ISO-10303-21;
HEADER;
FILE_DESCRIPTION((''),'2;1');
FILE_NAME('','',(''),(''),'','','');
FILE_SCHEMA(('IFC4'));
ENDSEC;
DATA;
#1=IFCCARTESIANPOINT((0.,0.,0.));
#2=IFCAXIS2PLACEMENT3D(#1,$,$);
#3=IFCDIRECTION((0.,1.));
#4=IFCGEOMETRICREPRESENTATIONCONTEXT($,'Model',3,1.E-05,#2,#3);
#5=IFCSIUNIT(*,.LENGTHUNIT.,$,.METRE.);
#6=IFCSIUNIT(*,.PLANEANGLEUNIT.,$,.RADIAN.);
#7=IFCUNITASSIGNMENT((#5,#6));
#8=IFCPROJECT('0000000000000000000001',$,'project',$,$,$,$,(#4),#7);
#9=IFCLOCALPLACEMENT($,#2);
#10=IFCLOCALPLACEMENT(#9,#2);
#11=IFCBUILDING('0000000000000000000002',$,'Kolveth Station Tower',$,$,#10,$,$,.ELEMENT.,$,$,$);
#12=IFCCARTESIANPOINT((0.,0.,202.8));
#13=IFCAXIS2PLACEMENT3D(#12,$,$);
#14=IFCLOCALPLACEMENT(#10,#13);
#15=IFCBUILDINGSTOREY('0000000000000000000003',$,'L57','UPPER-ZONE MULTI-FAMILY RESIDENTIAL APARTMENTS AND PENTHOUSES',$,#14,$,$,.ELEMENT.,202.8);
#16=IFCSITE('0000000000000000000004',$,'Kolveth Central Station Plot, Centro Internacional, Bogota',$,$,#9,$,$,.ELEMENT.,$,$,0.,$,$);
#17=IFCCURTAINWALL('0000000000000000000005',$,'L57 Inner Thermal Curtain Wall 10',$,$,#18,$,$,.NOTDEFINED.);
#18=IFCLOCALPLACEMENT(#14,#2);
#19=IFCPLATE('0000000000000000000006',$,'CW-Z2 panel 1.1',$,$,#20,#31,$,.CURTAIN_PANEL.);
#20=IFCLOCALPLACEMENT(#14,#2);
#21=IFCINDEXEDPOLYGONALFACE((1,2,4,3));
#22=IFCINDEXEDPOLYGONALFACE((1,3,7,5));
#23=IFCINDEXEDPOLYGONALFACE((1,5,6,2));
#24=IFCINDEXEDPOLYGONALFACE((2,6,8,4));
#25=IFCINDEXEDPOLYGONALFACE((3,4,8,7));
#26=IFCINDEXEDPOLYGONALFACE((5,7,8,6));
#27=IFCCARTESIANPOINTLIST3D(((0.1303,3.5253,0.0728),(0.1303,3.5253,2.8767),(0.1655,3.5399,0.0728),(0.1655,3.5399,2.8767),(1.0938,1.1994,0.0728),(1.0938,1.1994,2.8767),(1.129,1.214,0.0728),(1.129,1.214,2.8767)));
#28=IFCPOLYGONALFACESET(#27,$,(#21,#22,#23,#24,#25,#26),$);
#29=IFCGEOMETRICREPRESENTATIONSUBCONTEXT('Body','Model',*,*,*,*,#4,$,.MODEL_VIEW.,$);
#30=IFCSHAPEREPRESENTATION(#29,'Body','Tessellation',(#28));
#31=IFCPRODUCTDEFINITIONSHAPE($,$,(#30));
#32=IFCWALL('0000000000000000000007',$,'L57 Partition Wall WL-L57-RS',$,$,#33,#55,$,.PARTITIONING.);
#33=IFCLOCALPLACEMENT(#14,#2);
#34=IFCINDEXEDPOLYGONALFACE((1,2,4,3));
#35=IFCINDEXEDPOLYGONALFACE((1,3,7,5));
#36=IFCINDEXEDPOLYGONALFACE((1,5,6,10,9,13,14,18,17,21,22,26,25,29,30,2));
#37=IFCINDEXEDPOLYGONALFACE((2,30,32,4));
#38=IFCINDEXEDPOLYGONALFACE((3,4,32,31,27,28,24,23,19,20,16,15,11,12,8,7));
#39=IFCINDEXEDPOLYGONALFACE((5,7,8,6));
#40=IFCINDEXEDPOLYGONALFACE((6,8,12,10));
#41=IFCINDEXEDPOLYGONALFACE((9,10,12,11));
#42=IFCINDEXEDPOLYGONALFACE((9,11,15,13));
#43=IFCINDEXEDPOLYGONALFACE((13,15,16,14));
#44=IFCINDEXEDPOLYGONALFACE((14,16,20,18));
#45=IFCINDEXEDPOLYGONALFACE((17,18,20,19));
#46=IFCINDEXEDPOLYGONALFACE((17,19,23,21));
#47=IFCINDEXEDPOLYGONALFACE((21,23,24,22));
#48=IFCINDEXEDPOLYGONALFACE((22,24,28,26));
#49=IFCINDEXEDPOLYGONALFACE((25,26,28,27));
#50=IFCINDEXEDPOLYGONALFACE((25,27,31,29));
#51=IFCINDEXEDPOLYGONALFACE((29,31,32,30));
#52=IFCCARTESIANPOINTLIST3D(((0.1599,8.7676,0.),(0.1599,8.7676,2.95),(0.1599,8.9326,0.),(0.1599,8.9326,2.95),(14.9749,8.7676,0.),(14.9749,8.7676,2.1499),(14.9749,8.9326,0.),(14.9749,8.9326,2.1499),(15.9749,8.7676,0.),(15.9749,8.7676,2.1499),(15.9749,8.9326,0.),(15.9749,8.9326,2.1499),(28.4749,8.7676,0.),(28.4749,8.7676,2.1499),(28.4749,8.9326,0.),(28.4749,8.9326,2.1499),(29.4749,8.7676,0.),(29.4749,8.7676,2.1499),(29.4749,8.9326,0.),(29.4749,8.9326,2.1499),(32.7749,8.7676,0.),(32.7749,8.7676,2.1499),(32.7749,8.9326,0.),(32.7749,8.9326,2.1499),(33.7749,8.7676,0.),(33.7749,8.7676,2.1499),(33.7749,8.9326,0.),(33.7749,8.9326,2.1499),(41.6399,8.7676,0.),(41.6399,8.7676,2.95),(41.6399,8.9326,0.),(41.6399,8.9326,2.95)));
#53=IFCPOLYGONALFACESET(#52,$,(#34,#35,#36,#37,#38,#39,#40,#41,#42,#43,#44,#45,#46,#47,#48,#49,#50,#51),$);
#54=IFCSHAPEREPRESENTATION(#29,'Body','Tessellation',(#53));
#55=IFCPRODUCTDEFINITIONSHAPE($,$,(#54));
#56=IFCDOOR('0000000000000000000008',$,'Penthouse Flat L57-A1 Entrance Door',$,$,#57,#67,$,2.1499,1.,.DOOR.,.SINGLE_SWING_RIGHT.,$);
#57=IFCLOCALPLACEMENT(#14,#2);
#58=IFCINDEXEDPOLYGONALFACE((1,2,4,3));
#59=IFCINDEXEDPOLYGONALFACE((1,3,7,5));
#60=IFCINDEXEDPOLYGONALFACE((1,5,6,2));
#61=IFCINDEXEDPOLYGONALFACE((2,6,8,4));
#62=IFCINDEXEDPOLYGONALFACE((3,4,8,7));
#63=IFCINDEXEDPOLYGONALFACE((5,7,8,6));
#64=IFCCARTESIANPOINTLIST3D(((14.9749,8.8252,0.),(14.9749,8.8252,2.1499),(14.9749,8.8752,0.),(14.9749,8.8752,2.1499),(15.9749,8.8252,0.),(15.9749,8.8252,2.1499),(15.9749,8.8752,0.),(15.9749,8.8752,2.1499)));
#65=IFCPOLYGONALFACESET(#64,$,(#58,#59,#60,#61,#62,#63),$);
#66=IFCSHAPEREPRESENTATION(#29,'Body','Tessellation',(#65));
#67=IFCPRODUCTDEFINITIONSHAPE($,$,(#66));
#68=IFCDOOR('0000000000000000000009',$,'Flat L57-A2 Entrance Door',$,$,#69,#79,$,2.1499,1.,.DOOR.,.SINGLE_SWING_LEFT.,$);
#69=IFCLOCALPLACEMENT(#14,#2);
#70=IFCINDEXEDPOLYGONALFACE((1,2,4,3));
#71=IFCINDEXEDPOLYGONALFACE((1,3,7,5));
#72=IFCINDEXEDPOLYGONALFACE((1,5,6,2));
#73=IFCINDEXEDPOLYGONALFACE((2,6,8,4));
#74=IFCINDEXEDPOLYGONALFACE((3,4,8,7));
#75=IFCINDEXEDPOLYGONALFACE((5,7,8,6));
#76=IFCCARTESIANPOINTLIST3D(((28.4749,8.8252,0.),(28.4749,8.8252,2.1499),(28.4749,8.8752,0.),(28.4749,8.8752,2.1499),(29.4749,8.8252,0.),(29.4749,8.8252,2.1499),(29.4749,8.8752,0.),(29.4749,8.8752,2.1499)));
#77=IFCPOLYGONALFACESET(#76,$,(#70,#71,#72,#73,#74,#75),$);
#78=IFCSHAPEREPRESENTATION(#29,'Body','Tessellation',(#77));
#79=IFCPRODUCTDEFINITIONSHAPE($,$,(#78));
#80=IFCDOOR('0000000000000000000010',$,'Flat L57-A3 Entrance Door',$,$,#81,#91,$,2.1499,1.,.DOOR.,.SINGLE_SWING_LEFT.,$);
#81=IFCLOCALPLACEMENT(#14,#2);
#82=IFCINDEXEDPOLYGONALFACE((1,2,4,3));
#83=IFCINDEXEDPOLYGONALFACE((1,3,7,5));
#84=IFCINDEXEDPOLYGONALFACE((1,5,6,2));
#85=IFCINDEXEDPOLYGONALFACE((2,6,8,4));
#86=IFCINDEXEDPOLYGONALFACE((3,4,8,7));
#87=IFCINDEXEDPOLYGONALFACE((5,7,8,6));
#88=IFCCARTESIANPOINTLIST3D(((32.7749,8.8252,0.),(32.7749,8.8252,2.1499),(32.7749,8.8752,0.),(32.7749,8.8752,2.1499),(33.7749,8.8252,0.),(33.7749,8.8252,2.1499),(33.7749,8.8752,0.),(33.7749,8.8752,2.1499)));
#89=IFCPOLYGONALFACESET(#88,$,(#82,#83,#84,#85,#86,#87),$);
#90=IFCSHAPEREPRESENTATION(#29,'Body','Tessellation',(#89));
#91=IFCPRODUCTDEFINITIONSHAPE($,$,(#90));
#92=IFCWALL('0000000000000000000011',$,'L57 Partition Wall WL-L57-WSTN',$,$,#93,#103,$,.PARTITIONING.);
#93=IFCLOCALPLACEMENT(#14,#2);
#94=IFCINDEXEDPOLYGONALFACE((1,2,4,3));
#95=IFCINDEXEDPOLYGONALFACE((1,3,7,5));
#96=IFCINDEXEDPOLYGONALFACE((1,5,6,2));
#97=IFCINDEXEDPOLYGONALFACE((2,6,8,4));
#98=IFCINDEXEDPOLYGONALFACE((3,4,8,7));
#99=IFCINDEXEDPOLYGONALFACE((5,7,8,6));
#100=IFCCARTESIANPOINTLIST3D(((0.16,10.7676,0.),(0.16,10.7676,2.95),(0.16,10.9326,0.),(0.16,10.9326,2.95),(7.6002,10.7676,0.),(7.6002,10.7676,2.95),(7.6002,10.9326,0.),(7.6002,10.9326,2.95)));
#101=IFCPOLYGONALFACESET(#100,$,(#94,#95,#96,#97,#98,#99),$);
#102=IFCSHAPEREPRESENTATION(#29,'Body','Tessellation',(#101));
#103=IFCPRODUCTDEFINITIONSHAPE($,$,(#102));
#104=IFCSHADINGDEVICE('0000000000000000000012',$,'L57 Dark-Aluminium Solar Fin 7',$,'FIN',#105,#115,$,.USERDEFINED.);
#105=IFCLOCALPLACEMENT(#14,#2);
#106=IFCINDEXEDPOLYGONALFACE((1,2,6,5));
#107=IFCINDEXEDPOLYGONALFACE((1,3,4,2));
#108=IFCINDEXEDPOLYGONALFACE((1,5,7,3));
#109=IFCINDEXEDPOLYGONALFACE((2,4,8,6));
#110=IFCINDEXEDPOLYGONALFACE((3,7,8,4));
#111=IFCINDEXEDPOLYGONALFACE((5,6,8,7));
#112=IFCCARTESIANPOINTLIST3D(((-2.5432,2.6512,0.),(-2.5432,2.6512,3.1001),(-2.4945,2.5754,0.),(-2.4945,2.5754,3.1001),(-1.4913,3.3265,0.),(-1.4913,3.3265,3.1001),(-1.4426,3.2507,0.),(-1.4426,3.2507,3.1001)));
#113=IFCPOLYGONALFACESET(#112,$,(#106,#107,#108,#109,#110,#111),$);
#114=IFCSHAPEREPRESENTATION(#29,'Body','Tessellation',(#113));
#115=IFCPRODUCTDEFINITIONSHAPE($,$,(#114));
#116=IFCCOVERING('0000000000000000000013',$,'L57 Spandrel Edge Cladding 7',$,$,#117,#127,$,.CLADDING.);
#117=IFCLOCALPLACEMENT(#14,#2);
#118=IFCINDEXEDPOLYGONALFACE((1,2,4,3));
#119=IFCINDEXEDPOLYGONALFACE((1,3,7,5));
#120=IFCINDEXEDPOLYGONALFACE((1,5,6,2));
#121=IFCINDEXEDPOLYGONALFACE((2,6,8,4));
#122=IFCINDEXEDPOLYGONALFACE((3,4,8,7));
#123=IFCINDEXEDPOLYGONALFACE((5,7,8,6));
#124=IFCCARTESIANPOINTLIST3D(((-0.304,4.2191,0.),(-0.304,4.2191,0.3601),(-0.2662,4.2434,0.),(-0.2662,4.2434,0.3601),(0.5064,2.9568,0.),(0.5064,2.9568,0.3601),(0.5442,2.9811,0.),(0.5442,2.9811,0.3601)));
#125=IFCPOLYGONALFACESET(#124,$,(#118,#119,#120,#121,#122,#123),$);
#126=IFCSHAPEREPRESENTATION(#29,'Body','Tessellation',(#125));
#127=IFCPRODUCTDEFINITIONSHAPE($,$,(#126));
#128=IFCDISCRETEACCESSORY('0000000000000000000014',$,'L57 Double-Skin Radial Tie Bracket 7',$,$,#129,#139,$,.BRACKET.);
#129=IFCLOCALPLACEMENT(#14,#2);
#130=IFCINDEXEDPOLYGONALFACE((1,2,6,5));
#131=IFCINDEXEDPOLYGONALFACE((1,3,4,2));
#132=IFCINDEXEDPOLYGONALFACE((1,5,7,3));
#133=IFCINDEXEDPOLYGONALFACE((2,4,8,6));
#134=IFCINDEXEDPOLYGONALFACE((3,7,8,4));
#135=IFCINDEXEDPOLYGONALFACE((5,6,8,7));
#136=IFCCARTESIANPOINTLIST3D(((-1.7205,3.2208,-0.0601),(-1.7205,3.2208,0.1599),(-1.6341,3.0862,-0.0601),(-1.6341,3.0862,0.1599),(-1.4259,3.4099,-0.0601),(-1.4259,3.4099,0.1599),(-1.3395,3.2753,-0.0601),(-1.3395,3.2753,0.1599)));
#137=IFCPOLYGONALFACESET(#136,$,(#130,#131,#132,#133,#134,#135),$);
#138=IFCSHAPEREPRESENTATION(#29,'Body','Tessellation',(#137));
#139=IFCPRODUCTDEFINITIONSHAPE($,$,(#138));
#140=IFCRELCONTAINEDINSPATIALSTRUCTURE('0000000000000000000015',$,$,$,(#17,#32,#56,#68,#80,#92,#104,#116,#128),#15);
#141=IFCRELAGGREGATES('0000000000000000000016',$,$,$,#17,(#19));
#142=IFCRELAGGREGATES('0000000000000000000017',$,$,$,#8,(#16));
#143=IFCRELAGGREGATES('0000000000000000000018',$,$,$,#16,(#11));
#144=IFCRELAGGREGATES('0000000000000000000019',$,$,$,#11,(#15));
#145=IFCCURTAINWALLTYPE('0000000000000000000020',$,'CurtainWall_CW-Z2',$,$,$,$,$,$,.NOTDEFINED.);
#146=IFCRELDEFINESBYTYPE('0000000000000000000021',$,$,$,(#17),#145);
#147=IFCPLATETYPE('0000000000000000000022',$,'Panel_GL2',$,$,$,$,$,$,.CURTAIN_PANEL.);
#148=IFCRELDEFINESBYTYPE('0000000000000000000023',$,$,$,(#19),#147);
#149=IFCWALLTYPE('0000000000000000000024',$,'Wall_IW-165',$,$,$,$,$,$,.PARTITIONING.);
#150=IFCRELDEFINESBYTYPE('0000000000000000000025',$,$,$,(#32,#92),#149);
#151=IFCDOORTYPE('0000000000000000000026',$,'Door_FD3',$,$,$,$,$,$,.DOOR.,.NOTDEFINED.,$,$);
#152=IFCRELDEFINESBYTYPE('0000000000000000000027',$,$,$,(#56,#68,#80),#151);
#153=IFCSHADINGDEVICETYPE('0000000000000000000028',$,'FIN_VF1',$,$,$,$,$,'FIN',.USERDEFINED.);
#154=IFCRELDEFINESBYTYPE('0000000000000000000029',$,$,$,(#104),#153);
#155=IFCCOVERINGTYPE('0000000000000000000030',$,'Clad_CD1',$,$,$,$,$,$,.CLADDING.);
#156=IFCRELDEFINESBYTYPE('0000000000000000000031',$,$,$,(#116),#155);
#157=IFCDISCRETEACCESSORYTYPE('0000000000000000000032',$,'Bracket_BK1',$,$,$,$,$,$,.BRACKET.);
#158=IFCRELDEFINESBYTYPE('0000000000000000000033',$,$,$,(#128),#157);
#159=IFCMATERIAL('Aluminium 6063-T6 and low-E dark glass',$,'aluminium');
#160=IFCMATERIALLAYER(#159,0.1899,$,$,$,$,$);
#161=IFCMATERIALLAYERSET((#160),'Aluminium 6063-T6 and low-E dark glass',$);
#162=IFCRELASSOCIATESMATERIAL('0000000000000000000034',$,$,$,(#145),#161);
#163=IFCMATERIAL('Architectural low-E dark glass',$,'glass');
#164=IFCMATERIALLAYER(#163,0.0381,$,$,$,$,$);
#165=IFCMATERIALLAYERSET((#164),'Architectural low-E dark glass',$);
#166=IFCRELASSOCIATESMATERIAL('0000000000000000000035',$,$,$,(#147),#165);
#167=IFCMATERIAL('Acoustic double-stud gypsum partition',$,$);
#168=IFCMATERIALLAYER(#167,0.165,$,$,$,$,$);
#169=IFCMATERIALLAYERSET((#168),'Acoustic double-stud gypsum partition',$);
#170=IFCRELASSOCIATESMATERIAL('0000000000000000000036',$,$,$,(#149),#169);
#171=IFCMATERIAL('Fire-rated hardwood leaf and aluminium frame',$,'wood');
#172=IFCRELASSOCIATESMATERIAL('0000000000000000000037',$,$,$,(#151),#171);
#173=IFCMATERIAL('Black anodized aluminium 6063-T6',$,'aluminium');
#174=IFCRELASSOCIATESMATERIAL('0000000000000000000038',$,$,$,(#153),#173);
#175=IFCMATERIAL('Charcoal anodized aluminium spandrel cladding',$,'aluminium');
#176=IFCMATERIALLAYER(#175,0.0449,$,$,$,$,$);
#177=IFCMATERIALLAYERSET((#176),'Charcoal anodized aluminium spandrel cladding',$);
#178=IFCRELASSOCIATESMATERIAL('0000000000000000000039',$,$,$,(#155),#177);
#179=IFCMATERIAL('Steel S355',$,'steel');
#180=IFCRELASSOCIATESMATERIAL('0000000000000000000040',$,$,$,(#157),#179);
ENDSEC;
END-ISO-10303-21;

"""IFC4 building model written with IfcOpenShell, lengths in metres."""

from ifc_helpers import new_model, si_unit, direction, frame, frame_2d, origin, origin_2d, place, context, subcontext, project, spatial, rectangle, extrude, source, transform, mapped, material, layer, layer_set, type_object, element, fill, aggregate, save


model = new_model("IFC4")

# Units and contexts
model_context = context("Model", 3, precision=1e-05, world=origin(), true_north=direction((0.0, 1.0)))
body_context = subcontext(model_context, "Body", "Model", "MODEL_VIEW")
ifc_project = project(units=[si_unit("LENGTHUNIT", "METRE"), si_unit("PLANEANGLEUNIT", "RADIAN")], contexts=[model_context])

# Site, building, storey
site_placement = place(None, origin())
site = spatial("IfcSite", under=ifc_project, at=site_placement, Name="Kolveth Central Station Plot, Centro Internacional, Bogota", CompositionType="ELEMENT", RefElevation=0.0)
building_placement = place(site_placement, origin())
building = spatial("IfcBuilding", under=site, at=building_placement, Name="Kolveth Station Tower", CompositionType="ELEMENT")
storey_placement = place(building_placement, frame((0.0, 0.0, 202.8)))
storey = spatial("IfcBuildingStorey", under=building, at=storey_placement, Name="L57", Description="UPPER-ZONE MULTI-FAMILY RESIDENTIAL APARTMENTS AND PENTHOUSES", CompositionType="ELEMENT", Elevation=202.8)

# Shared definitions
ifc_material_1 = material(Name="Steel S355", Category="steel")

# Curtain wall
ifc_material_2 = material(Name="Aluminium 6063-T6 and low-E dark glass", Category="aluminium")
ifc_layer_1 = layer(ifc_material_2, 0.1899)
ifc_layer_set_1 = layer_set([ifc_layer_1], Name="Aluminium 6063-T6 and low-E dark glass")
curtain_wall_type_1 = type_object("IfcCurtainWallType", Name="CurtainWall_CW-Z2", PredefinedType="NOTDEFINED", material=ifc_layer_set_1)
ifc_material_3 = material(Name="Black anodized aluminium 6063-T6", Category="aluminium")
curtain_wall_1_placement = place(storey_placement, origin())
curtain_wall_1 = element("IfcCurtainWall", 1, at=curtain_wall_1_placement, inside=storey, type_object=curtain_wall_type_1, Name="L57 Inner Thermal Curtain Wall 10", PredefinedType="NOTDEFINED")

# Plate
ifc_material_4 = material(Name="Architectural low-E dark glass", Category="glass")
ifc_layer_2 = layer(ifc_material_4, 0.0381)
ifc_layer_set_2 = layer_set([ifc_layer_2], Name="Architectural low-E dark glass")
plate_type = type_object("IfcPlateType", Name="Panel_GL2", PredefinedType="CURTAIN_PANEL", material=ifc_layer_set_2)
shared_shape_1 = source(origin(), body_context, "Body", "SweptSolid", [
    extrude(rectangle(XDim=2.5176, YDim=0.0381, at=origin_2d()), origin(), (0.0, 0.0, 1.0), 2.804),
])
plate_placement = place(storey_placement, frame((0.6296, 2.3696, 0.0728), z_axis=(0.0, 0.0, 1.0), x_axis=(0.382698, -0.923874, 0.0)))
plate = element("IfcPlate", 2, at=plate_placement, type_object=plate_type, Name="CW-Z2 panel 1.1", PredefinedType="CURTAIN_PANEL", context=body_context, shape_type="MappedRepresentation", body=[
    mapped(shared_shape_1, transform((0.0, 0.0, 0.0), x_axis=(1.0, 0.0, 0.0), y_axis=(0.0, 1.0, 0.0), z_axis=(0.0, 0.0, 1.0), scale=1.0)),
])
aggregate(curtain_wall_1, [plate])

# Wall, openings, doors
ifc_material_5 = material(Name="Acoustic double-stud gypsum partition")
ifc_layer_3 = layer(ifc_material_5, 0.165)
ifc_layer_set_3 = layer_set([ifc_layer_3], Name="Acoustic double-stud gypsum partition")
wall_type = type_object("IfcWallType", Name="Wall_IW-165", PredefinedType="PARTITIONING", material=ifc_layer_set_3)
wall_1_placement = place(storey_placement, frame((0.1599, 8.8501, 0.0), z_axis=(0.0, 0.0, 1.0), x_axis=(1.0, 0.0, 0.0)))
wall_1 = element("IfcWall", 3, at=wall_1_placement, inside=storey, type_object=wall_type, Name="L57 Partition Wall WL-L57-RS", PredefinedType="PARTITIONING", context=body_context, shape_type="SweptSolid", body=[
    extrude(rectangle(XDim=41.48, YDim=0.165, at=frame_2d((20.74, 0.0))), origin(), (0.0, 0.0, 1.0), 2.95),
])
opening_1_placement = place(wall_1_placement, frame((14.8149, 0.0, 0.0)))
opening_1 = element("IfcOpeningElement", 4, at=opening_1_placement, cuts=wall_1, PredefinedType="OPENING", context=body_context, shape_type="SweptSolid", body=[
    extrude(rectangle(XDim=1.0, YDim=2.1499, at=frame_2d((0.5, 1.075))), frame((0.0, 0.0925, 0.0), z_axis=(0.0, -1.0, 0.0), x_axis=(1.0, 0.0, 0.0)), (0.0, 0.0, 1.0), 0.1851),
])
opening_2_placement = place(wall_1_placement, frame((28.3149, 0.0, 0.0)))
opening_2 = element("IfcOpeningElement", 5, at=opening_2_placement, cuts=wall_1, PredefinedType="OPENING", context=body_context, shape_type="SweptSolid", body=[
    extrude(rectangle(XDim=1.0, YDim=2.1499, at=frame_2d((0.5, 1.075))), frame((0.0, 0.0925, 0.0), z_axis=(0.0, -1.0, 0.0), x_axis=(1.0, 0.0, 0.0)), (0.0, 0.0, 1.0), 0.1851),
])
opening_3_placement = place(wall_1_placement, frame((32.615, 0.0, 0.0)))
opening_3 = element("IfcOpeningElement", 6, at=opening_3_placement, cuts=wall_1, PredefinedType="OPENING", context=body_context, shape_type="SweptSolid", body=[
    extrude(rectangle(XDim=1.0, YDim=2.1499, at=frame_2d((0.5, 1.075))), frame((0.0, 0.0925, 0.0), z_axis=(0.0, -1.0, 0.0), x_axis=(1.0, 0.0, 0.0)), (0.0, 0.0, 1.0), 0.1851),
])
ifc_material_6 = material(Name="Fire-rated hardwood leaf and aluminium frame", Category="wood")
door_type = type_object("IfcDoorType", Name="Door_FD3", OperationType="NOTDEFINED", PredefinedType="DOOR", material=ifc_material_6)
door_1_placement = place(opening_1_placement, frame((1.0, 0.0, 0.0), z_axis=(0.0, 0.0, 1.0), x_axis=(-1.0, 0.0, 0.0)))
door_1 = element("IfcDoor", 7, at=door_1_placement, inside=storey, type_object=door_type, Name="Penthouse Flat L57-A1 Entrance Door", OperationType="SINGLE_SWING_RIGHT", OverallHeight=2.1499, OverallWidth=1.0, PredefinedType="DOOR", context=body_context, shape_type="SweptSolid", body=[
    extrude(rectangle(XDim=1.0, YDim=2.1499, at=frame_2d((0.5, 1.075))), frame((0.0, 0.0249, 0.0), z_axis=(0.0, -1.0, 0.0), x_axis=(1.0, 0.0, 0.0)), (0.0, 0.0, 1.0), 0.05),
])
fill(opening_1, door_1)
door_2_placement = place(opening_2_placement, frame((1.0, 0.0, 0.0), z_axis=(0.0, 0.0, 1.0), x_axis=(-1.0, 0.0, 0.0)))
door_2 = element("IfcDoor", 8, at=door_2_placement, inside=storey, type_object=door_type, Name="Flat L57-A2 Entrance Door", OperationType="SINGLE_SWING_LEFT", OverallHeight=2.1499, OverallWidth=1.0, PredefinedType="DOOR", context=body_context, shape_type="SweptSolid", body=[
    extrude(rectangle(XDim=1.0, YDim=2.1499, at=frame_2d((0.5, 1.075))), frame((0.0, 0.0249, 0.0), z_axis=(0.0, -1.0, 0.0), x_axis=(1.0, 0.0, 0.0)), (0.0, 0.0, 1.0), 0.05),
])
fill(opening_2, door_2)
door_3_placement = place(opening_3_placement, frame((1.0, 0.0, 0.0), z_axis=(0.0, 0.0, 1.0), x_axis=(-1.0, 0.0, 0.0)))
door_3 = element("IfcDoor", 9, at=door_3_placement, inside=storey, type_object=door_type, Name="Flat L57-A3 Entrance Door", OperationType="SINGLE_SWING_LEFT", OverallHeight=2.1499, OverallWidth=1.0, PredefinedType="DOOR", context=body_context, shape_type="SweptSolid", body=[
    extrude(rectangle(XDim=1.0, YDim=2.1499, at=frame_2d((0.5, 1.075))), frame((0.0, 0.0249, 0.0), z_axis=(0.0, -1.0, 0.0), x_axis=(1.0, 0.0, 0.0)), (0.0, 0.0, 1.0), 0.05),
])
fill(opening_3, door_3)

# Wall
wall_2_placement = place(storey_placement, frame((0.1599, 10.8501, 0.0), z_axis=(0.0, 0.0, 1.0), x_axis=(1.0, 0.0, 0.0)))
element("IfcWall", 10, at=wall_2_placement, inside=storey, type_object=wall_type, Name="L57 Partition Wall WL-L57-WSTN", PredefinedType="PARTITIONING", context=body_context, shape_type="SweptSolid", body=[
    extrude(rectangle(XDim=7.4402, YDim=0.165, at=frame_2d((3.7202, 0.0))), origin(), (0.0, 0.0, 1.0), 2.95),
])

# Shading device
shading_device_type = type_object("IfcShadingDeviceType", Name="FIN_VF1", ElementType="FIN", PredefinedType="USERDEFINED", material=ifc_material_3)
shared_shape_2 = source(origin(), body_context, "Body", "SweptSolid", [
    extrude(rectangle(XDim=1.25, YDim=0.0901, at=origin_2d()), origin(), (0.0, 0.0, 1.0), 3.1001),
])
shading_device_placement = place(storey_placement, frame((-1.9929, 2.9509, 0.0), z_axis=(0.0, 0.0, 1.0), x_axis=(-0.841511, -0.54024, 0.0)))
element("IfcShadingDevice", 11, at=shading_device_placement, inside=storey, type_object=shading_device_type, Name="L57 Dark-Aluminium Solar Fin 7", ObjectType="FIN", PredefinedType="USERDEFINED", context=body_context, shape_type="MappedRepresentation", body=[
    mapped(shared_shape_2, transform((0.0, 0.0, 0.0), x_axis=(1.0, 0.0, 0.0), y_axis=(0.0, 1.0, 0.0), z_axis=(0.0, 0.0, 1.0), scale=1.0)),
])

# Covering
ifc_material_7 = material(Name="Charcoal anodized aluminium spandrel cladding", Category="aluminium")
ifc_layer_4 = layer(ifc_material_7, 0.0449)
ifc_layer_set_4 = layer_set([ifc_layer_4], Name="Charcoal anodized aluminium spandrel cladding")
covering_type = type_object("IfcCoveringType", Name="Clad_CD1", PredefinedType="CLADDING", material=ifc_layer_set_4)
shared_shape_3 = source(origin(), body_context, "Body", "SweptSolid", [
    extrude(rectangle(XDim=1.5, YDim=0.0449, at=origin_2d()), origin(), (0.0, 0.0, 1.0), 0.3601),
])
covering_placement = place(storey_placement, frame((0.1201, 3.6001, 0.0), z_axis=(0.0, 0.0, 1.0), x_axis=(0.54024, -0.841511, 0.0)))
element("IfcCovering", 12, at=covering_placement, inside=storey, type_object=covering_type, Name="L57 Spandrel Edge Cladding 7", PredefinedType="CLADDING", context=body_context, shape_type="MappedRepresentation", body=[
    mapped(shared_shape_3, transform((0.0, 0.0, 0.0), x_axis=(1.0, 0.0, 0.0), y_axis=(0.0, 1.0, 0.0), z_axis=(0.0, 0.0, 1.0), scale=1.0)),
])

# Discrete accessory
discrete_accessory_type = type_object("IfcDiscreteAccessoryType", Name="Bracket_BK1", PredefinedType="BRACKET", material=ifc_material_1)
shared_shape_4 = source(origin(), body_context, "Body", "SweptSolid", [
    extrude(rectangle(XDim=0.3501, YDim=0.1599, at=origin_2d()), origin(), (0.0, 0.0, 1.0), 0.22),
])
discrete_accessory_placement = place(storey_placement, frame((-1.53, 3.248, -0.0601), z_axis=(0.0, 0.0, 1.0), x_axis=(-0.841511, -0.54024, 0.0)))
element("IfcDiscreteAccessory", 13, at=discrete_accessory_placement, inside=storey, type_object=discrete_accessory_type, Name="L57 Double-Skin Radial Tie Bracket 7", PredefinedType="BRACKET", context=body_context, shape_type="MappedRepresentation", body=[
    mapped(shared_shape_4, transform((0.0, 0.0, 0.0), x_axis=(1.0, 0.0, 0.0), y_axis=(0.0, 1.0, 0.0), z_axis=(0.0, 0.0, 1.0), scale=1.0)),
])

save(model, "model.ifc")
